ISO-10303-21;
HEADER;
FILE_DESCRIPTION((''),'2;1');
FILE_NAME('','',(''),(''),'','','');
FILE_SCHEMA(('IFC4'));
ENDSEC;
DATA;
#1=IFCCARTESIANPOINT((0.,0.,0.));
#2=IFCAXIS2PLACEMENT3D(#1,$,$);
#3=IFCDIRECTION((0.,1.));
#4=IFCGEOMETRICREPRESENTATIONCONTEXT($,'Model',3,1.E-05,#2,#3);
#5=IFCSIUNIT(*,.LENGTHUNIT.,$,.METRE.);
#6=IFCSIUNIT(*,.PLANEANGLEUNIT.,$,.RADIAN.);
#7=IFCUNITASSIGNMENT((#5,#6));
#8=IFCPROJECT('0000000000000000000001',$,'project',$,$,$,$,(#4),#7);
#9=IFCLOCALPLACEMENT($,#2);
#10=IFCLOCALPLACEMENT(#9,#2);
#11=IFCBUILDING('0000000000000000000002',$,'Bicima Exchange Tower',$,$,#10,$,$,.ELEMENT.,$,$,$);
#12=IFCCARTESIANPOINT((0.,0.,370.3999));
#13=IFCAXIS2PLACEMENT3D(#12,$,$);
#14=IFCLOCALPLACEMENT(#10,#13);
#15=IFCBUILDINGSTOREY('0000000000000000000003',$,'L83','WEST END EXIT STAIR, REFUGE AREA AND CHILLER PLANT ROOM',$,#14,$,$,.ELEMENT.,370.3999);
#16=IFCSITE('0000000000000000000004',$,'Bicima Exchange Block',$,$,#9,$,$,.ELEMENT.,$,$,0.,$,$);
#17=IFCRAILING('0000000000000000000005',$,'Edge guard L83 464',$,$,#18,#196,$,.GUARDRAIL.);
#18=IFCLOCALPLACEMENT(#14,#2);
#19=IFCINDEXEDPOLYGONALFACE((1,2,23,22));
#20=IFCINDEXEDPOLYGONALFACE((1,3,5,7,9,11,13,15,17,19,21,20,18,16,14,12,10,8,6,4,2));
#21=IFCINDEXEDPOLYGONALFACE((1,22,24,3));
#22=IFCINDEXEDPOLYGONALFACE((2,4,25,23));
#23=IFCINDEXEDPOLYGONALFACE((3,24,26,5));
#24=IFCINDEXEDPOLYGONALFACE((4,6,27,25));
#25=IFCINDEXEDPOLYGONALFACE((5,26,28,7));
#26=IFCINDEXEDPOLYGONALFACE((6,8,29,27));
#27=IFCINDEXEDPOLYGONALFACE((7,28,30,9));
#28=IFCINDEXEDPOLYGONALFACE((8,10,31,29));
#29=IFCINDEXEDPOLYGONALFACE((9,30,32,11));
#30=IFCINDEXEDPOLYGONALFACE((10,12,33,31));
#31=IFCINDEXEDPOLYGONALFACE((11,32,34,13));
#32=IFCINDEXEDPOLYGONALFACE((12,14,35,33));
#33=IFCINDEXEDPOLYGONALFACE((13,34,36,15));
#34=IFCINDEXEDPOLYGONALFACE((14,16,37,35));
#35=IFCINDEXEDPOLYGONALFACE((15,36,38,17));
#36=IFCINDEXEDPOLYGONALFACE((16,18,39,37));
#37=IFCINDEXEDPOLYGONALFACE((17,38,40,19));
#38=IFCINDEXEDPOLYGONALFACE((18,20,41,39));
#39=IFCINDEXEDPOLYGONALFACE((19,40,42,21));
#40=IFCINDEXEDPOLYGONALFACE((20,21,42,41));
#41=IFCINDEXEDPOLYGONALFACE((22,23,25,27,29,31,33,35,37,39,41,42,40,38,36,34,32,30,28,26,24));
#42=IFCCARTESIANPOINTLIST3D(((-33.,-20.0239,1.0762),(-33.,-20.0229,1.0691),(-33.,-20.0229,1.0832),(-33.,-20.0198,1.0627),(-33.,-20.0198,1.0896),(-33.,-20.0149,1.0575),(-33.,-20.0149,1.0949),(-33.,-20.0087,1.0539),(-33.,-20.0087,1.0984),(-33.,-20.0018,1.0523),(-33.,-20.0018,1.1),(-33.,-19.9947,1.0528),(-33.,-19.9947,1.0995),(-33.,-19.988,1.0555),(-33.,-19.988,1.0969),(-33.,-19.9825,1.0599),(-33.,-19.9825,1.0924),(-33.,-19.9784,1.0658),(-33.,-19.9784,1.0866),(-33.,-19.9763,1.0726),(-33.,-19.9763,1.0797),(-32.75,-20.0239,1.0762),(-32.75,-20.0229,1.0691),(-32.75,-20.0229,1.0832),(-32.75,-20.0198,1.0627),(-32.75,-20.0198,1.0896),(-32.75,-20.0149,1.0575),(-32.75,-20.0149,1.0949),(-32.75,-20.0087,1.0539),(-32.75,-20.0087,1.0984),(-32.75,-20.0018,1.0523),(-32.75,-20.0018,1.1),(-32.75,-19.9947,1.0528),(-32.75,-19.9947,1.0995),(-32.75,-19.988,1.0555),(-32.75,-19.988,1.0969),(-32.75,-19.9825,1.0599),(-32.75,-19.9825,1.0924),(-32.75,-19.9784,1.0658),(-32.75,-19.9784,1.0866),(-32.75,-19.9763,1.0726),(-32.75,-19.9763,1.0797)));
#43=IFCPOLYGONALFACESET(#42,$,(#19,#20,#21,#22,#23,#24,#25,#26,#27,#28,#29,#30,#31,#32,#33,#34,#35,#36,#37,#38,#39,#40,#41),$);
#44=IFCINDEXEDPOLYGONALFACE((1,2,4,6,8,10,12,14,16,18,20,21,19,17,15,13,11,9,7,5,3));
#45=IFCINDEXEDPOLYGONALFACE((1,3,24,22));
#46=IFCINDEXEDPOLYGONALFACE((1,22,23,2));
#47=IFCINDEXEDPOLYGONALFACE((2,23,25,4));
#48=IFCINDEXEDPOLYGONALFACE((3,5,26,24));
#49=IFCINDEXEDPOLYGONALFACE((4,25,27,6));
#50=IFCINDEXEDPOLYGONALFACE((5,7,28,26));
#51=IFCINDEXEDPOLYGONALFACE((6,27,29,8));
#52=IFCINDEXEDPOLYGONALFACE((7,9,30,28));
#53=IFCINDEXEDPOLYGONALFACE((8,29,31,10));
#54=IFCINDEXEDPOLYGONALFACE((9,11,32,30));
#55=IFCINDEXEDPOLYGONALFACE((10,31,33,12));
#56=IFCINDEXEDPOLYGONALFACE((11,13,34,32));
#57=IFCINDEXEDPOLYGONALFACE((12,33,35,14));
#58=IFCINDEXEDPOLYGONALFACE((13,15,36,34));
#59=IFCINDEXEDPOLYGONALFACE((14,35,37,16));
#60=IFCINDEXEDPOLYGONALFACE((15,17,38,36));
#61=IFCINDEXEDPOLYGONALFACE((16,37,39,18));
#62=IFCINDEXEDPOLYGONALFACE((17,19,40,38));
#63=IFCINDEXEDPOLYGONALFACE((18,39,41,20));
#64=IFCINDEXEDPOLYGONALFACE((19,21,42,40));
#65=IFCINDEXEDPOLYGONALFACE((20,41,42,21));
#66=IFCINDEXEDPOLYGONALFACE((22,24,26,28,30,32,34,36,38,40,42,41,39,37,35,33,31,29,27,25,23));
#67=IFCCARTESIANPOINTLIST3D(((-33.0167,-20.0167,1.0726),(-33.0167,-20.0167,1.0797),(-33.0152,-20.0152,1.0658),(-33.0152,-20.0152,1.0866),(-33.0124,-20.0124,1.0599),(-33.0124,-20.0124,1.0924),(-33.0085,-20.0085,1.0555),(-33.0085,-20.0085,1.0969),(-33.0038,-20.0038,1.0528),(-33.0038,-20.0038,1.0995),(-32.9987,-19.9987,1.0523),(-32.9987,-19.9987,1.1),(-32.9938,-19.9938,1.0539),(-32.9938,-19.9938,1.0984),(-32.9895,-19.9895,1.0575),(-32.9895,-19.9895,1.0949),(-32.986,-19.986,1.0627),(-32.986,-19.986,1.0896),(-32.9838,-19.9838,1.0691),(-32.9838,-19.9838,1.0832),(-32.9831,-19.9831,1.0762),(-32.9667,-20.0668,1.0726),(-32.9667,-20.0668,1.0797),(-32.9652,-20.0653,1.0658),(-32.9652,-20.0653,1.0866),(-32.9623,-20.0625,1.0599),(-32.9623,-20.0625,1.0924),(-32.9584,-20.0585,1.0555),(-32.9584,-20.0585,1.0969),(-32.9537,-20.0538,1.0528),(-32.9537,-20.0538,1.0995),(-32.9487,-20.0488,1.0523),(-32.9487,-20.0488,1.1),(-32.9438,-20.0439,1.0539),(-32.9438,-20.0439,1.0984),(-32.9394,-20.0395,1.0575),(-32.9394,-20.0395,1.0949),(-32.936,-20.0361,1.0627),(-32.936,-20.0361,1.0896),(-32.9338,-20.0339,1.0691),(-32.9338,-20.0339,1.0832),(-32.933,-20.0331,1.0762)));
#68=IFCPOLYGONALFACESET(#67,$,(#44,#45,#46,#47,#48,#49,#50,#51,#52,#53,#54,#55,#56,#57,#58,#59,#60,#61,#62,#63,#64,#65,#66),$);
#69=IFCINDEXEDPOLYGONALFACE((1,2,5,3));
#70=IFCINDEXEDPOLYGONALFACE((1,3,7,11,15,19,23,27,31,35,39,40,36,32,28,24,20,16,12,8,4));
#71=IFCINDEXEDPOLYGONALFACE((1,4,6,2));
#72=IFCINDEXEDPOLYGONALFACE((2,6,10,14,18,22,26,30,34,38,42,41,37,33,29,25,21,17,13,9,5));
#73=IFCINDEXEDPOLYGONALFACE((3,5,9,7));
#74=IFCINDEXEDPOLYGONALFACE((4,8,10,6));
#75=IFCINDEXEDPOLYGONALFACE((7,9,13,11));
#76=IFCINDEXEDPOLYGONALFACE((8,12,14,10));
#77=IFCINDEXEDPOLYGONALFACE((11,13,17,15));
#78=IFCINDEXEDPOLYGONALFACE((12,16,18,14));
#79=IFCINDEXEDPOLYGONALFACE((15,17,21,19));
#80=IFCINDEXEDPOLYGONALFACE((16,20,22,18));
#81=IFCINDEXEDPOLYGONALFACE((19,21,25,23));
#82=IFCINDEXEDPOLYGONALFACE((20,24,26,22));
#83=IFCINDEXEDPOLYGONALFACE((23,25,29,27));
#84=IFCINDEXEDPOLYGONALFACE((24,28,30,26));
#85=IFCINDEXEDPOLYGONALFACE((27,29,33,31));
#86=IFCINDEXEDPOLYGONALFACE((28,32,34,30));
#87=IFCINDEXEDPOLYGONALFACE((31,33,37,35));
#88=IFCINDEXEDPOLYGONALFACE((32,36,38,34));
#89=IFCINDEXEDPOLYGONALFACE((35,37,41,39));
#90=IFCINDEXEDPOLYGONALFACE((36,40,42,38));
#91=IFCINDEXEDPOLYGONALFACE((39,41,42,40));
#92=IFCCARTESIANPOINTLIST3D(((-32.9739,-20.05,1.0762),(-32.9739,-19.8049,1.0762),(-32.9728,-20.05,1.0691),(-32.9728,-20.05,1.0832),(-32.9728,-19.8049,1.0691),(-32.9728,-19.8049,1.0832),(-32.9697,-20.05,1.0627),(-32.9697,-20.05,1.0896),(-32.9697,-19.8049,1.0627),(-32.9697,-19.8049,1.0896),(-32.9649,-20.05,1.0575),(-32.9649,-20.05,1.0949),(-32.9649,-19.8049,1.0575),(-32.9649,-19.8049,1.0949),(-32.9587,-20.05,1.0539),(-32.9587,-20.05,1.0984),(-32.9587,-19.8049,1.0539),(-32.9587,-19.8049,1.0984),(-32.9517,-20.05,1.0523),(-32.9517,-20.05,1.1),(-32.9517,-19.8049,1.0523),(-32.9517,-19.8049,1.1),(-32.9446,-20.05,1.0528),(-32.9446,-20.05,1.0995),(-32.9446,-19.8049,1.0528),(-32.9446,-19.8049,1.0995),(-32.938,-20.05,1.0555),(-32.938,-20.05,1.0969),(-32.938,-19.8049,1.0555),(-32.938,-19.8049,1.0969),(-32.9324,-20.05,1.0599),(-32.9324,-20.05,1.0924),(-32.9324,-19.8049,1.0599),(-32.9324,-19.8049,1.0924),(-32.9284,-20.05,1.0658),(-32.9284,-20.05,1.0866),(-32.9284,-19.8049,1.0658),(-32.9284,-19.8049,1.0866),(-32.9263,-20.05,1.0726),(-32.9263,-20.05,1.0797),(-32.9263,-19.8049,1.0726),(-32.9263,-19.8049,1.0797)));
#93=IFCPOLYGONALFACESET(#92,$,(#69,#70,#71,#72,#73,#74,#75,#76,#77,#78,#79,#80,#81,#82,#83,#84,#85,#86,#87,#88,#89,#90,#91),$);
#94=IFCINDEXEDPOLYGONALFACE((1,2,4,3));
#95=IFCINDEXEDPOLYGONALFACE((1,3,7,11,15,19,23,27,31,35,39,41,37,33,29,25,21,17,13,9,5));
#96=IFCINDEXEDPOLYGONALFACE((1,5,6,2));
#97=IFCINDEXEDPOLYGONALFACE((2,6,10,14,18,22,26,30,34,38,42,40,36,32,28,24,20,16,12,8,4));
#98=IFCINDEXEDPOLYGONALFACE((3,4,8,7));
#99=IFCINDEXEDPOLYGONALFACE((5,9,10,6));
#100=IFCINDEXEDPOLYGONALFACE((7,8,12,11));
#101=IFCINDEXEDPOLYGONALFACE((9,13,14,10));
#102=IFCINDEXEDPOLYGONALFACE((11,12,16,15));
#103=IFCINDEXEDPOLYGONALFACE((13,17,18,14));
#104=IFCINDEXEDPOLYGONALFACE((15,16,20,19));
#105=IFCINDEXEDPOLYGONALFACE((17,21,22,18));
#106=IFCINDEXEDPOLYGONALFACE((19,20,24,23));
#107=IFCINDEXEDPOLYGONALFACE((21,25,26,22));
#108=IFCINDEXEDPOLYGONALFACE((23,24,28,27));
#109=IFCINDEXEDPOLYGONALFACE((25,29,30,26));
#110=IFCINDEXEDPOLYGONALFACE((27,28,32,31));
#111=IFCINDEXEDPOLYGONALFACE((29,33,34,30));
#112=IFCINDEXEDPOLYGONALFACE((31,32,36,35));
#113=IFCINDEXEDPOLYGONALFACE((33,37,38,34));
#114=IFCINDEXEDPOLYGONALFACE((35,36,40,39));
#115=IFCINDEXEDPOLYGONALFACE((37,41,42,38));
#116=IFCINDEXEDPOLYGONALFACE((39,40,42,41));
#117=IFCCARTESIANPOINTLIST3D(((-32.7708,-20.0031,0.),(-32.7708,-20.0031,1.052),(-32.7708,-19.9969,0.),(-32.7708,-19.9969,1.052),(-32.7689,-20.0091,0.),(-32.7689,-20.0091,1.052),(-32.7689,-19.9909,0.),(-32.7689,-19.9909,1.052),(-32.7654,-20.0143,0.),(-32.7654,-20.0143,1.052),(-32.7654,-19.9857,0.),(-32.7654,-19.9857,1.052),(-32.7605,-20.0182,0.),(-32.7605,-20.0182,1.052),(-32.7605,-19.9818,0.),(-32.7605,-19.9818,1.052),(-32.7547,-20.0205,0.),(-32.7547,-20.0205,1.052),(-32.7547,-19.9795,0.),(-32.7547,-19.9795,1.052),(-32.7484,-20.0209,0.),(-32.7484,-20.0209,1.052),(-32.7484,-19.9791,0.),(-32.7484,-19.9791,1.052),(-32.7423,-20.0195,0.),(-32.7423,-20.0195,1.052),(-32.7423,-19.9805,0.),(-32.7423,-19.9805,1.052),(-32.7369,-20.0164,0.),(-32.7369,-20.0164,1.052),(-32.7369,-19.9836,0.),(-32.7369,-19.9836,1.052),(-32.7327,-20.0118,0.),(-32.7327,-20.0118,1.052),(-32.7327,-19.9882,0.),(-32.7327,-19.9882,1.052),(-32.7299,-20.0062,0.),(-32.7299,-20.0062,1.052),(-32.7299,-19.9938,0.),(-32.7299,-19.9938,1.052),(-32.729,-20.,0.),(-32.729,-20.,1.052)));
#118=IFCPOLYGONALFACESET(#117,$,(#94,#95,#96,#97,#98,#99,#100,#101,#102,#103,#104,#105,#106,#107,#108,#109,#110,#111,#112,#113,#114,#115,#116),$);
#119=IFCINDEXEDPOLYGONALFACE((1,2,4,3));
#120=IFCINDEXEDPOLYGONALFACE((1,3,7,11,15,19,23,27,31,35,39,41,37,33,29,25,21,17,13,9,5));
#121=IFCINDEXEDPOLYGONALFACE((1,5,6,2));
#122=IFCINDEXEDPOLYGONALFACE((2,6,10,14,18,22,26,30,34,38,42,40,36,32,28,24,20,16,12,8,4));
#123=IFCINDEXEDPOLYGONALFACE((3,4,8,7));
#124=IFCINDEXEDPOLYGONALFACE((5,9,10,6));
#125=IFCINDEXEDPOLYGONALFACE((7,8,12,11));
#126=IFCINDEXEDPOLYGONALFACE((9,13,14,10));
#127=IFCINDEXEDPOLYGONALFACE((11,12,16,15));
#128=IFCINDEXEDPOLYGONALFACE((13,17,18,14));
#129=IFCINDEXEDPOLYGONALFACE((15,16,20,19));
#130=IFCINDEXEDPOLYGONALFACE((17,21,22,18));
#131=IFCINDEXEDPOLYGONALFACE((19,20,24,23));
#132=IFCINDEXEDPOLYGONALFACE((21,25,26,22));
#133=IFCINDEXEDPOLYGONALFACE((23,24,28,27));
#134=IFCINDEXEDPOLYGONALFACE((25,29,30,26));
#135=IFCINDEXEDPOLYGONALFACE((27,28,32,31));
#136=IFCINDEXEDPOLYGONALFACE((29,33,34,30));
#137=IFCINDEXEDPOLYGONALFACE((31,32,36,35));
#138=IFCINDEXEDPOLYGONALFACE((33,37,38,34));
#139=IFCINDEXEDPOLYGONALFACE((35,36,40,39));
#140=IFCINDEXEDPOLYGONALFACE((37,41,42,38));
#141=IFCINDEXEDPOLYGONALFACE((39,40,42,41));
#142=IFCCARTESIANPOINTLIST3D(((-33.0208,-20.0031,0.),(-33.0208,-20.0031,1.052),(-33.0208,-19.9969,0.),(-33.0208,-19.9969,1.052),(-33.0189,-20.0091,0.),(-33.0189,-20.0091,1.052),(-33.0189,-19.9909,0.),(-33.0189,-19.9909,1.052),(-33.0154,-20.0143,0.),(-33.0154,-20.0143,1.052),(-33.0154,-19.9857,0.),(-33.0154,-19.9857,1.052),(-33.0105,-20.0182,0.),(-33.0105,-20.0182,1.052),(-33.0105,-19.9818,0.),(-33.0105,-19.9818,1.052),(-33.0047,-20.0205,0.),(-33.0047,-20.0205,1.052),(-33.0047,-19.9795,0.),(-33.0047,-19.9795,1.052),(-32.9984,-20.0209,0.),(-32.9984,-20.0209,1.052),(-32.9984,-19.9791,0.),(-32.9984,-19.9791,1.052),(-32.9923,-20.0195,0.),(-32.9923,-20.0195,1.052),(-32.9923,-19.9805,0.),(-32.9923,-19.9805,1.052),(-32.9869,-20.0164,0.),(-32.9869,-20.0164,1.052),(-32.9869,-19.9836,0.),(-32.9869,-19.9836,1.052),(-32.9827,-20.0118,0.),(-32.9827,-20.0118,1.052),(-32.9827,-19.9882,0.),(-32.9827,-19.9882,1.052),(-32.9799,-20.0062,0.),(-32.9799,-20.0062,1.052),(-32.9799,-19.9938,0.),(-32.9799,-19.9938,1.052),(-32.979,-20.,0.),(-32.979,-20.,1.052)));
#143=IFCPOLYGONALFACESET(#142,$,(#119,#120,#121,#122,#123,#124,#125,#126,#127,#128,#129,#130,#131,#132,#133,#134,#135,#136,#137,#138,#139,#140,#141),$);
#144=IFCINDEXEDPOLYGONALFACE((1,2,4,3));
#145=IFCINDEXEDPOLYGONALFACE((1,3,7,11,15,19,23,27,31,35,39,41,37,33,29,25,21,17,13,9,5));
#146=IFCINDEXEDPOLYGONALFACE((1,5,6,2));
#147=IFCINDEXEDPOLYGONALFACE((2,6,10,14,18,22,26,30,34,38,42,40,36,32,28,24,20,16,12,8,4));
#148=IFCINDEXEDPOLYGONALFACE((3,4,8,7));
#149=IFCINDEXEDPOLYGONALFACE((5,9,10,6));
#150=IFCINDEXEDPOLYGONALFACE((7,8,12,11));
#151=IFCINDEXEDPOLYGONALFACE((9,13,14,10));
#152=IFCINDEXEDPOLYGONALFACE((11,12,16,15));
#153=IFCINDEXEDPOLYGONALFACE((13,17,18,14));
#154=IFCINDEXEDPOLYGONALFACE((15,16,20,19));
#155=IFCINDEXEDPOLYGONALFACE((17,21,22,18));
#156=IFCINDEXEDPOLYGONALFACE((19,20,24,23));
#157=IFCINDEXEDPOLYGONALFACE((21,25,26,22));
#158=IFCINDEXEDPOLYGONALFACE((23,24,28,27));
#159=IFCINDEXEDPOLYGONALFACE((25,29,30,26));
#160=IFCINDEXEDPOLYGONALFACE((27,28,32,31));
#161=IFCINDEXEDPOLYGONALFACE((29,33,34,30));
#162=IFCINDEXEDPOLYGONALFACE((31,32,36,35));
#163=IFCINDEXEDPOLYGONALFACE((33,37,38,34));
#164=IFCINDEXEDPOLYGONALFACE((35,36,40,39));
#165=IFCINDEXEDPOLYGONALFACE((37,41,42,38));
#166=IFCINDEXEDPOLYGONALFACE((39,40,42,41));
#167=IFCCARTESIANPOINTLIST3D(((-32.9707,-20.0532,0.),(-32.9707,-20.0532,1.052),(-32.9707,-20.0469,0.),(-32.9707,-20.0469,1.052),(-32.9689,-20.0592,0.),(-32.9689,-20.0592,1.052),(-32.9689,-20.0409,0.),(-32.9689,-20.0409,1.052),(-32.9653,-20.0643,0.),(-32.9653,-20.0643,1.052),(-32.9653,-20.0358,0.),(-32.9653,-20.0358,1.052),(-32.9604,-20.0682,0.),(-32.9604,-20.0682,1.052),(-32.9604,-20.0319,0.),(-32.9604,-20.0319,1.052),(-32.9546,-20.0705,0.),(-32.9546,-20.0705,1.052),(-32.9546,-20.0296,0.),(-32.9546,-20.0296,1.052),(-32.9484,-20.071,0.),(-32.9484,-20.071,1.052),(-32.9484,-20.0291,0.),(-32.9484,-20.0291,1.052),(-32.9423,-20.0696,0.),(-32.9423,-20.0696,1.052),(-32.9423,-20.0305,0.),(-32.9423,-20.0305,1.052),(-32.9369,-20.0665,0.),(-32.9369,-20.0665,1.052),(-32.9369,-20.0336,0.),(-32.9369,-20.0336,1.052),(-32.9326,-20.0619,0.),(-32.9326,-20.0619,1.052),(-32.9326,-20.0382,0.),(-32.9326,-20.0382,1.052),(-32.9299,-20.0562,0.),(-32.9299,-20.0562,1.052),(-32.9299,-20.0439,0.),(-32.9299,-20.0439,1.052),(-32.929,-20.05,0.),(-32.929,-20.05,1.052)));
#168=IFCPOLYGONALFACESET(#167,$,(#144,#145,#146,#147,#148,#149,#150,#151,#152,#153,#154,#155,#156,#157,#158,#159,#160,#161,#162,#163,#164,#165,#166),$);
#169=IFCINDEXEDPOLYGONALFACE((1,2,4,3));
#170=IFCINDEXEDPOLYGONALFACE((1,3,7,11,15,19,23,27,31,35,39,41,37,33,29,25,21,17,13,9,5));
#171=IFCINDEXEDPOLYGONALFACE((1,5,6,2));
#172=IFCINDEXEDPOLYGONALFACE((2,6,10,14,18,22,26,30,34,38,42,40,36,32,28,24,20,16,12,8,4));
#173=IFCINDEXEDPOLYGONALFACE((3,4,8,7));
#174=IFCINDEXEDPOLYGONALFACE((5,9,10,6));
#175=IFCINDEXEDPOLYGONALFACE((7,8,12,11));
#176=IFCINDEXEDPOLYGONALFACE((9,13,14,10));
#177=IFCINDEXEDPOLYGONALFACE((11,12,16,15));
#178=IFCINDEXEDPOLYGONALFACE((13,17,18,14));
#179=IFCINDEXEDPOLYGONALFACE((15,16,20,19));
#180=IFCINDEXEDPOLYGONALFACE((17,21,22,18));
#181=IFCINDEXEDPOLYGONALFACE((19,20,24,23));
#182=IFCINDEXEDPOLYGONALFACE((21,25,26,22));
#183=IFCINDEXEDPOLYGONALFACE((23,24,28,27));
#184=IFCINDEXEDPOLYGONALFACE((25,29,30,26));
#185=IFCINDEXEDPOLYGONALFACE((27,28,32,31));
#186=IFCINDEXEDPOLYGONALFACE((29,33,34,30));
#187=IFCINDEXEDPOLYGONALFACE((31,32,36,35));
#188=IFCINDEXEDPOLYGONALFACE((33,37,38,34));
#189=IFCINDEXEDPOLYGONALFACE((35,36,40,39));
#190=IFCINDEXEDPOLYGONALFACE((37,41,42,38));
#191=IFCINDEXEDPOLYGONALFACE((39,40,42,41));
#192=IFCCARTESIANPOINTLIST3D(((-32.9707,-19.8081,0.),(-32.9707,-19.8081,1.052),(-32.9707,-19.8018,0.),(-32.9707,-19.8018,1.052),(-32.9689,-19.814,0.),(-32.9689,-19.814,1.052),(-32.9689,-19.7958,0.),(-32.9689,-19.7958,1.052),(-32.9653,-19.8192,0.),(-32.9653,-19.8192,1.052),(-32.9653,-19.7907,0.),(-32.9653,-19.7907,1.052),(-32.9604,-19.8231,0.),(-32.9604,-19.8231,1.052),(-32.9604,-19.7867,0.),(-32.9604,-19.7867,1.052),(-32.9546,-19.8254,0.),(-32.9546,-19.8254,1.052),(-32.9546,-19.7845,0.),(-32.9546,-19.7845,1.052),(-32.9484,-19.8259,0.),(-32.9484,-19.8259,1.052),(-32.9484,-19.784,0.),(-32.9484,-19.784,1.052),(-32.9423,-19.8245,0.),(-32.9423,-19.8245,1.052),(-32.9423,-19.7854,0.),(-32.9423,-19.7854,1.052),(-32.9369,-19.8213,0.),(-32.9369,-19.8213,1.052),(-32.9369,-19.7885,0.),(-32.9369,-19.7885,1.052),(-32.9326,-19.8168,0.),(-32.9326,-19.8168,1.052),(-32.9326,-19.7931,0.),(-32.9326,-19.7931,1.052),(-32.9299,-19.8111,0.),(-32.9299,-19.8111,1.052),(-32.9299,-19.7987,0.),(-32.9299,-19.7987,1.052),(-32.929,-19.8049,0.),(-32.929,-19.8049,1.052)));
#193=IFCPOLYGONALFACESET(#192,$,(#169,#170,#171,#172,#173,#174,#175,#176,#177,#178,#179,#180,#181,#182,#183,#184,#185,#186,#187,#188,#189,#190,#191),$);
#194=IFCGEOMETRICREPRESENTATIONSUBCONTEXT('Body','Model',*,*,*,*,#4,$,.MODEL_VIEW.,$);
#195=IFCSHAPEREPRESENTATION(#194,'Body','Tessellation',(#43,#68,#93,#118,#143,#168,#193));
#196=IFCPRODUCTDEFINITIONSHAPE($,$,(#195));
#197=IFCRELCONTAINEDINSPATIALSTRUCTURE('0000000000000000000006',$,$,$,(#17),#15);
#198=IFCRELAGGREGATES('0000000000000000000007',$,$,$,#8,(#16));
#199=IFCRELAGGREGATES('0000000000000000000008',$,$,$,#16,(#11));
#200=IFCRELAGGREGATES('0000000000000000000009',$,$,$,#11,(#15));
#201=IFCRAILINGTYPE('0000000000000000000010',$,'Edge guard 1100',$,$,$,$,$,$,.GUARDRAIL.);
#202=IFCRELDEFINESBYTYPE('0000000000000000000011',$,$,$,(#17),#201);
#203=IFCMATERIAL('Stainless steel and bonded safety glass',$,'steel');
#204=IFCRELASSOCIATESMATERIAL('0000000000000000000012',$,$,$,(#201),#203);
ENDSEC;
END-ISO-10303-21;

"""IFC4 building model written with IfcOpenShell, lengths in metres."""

from ifc_helpers import new_model, si_unit, direction, frame, origin, origin_2d, place, context, subcontext, project, spatial, circle, extrude, material, type_object, element, save


model = new_model("IFC4")

# Units and contexts
model_context = context("Model", 3, precision=1e-05, world=origin(), true_north=direction((0.0, 1.0)))
body_context = subcontext(model_context, "Body", "Model", "MODEL_VIEW")
ifc_project = project(units=[si_unit("LENGTHUNIT", "METRE"), si_unit("PLANEANGLEUNIT", "RADIAN")], contexts=[model_context])

# Site, building, storey
site_placement = place(None, origin())
site = spatial("IfcSite", under=ifc_project, at=site_placement, Name="Bicima Exchange Block", CompositionType="ELEMENT", RefElevation=0.0)
building_placement = place(site_placement, origin())
building = spatial("IfcBuilding", under=site, at=building_placement, Name="Bicima Exchange Tower", CompositionType="ELEMENT")
storey_placement = place(building_placement, frame((0.0, 0.0, 370.3999)))
storey = spatial("IfcBuildingStorey", under=building, at=storey_placement, Name="L83", Description="WEST END EXIT STAIR, REFUGE AREA AND CHILLER PLANT ROOM", CompositionType="ELEMENT", Elevation=370.3999)

# Railing
ifc_material_1 = material(Name="Stainless steel and bonded safety glass", Category="steel")
railing_type = type_object("IfcRailingType", Name="Edge guard 1100", PredefinedType="GUARDRAIL", material=ifc_material_1)
railing_1_placement = place(storey_placement, frame((-32.75, -20.0, 0.0)))
element("IfcRailing", 1, at=railing_1_placement, inside=storey, type_object=railing_type, Name="Edge guard L83 464", PredefinedType="GUARDRAIL", context=body_context, shape_type="SweptSolid", body=[
    extrude(circle(Radius=0.0239, at=origin_2d()), frame((0.0, 0.0, 1.0762), z_axis=(-1.0, 0.0, 0.0), x_axis=(0.0, -1.0, 0.0)), (0.0, 0.0, 1.0), 0.25),
    extrude(circle(Radius=0.0239, at=origin_2d()), frame((-0.25, 0.0, 1.0762), z_axis=(0.707107, -0.707107, 0.0), x_axis=(0.707107, 0.707107, 0.0)), (0.0, 0.0, 1.0), 0.0708),
    extrude(circle(Radius=0.0239, at=origin_2d()), frame((-0.2, -0.05, 1.0762), z_axis=(0.0, 1.0, 0.0), x_axis=(-1.0, 0.0, 0.0)), (0.0, 0.0, 1.0), 0.2451),
    extrude(circle(Radius=0.021, at=origin_2d()), origin(), (0.0, 0.0, 1.0), 1.052),
    extrude(circle(Radius=0.021, at=origin_2d()), frame((-0.25, 0.0, 0.0)), (0.0, 0.0, 1.0), 1.052),
    extrude(circle(Radius=0.021, at=origin_2d()), frame((-0.2, -0.05, 0.0)), (0.0, 0.0, 1.0), 1.052),
    extrude(circle(Radius=0.021, at=origin_2d()), frame((-0.2, 0.1951, 0.0)), (0.0, 0.0, 1.0), 1.052),
])

save(model, "model.ifc")
